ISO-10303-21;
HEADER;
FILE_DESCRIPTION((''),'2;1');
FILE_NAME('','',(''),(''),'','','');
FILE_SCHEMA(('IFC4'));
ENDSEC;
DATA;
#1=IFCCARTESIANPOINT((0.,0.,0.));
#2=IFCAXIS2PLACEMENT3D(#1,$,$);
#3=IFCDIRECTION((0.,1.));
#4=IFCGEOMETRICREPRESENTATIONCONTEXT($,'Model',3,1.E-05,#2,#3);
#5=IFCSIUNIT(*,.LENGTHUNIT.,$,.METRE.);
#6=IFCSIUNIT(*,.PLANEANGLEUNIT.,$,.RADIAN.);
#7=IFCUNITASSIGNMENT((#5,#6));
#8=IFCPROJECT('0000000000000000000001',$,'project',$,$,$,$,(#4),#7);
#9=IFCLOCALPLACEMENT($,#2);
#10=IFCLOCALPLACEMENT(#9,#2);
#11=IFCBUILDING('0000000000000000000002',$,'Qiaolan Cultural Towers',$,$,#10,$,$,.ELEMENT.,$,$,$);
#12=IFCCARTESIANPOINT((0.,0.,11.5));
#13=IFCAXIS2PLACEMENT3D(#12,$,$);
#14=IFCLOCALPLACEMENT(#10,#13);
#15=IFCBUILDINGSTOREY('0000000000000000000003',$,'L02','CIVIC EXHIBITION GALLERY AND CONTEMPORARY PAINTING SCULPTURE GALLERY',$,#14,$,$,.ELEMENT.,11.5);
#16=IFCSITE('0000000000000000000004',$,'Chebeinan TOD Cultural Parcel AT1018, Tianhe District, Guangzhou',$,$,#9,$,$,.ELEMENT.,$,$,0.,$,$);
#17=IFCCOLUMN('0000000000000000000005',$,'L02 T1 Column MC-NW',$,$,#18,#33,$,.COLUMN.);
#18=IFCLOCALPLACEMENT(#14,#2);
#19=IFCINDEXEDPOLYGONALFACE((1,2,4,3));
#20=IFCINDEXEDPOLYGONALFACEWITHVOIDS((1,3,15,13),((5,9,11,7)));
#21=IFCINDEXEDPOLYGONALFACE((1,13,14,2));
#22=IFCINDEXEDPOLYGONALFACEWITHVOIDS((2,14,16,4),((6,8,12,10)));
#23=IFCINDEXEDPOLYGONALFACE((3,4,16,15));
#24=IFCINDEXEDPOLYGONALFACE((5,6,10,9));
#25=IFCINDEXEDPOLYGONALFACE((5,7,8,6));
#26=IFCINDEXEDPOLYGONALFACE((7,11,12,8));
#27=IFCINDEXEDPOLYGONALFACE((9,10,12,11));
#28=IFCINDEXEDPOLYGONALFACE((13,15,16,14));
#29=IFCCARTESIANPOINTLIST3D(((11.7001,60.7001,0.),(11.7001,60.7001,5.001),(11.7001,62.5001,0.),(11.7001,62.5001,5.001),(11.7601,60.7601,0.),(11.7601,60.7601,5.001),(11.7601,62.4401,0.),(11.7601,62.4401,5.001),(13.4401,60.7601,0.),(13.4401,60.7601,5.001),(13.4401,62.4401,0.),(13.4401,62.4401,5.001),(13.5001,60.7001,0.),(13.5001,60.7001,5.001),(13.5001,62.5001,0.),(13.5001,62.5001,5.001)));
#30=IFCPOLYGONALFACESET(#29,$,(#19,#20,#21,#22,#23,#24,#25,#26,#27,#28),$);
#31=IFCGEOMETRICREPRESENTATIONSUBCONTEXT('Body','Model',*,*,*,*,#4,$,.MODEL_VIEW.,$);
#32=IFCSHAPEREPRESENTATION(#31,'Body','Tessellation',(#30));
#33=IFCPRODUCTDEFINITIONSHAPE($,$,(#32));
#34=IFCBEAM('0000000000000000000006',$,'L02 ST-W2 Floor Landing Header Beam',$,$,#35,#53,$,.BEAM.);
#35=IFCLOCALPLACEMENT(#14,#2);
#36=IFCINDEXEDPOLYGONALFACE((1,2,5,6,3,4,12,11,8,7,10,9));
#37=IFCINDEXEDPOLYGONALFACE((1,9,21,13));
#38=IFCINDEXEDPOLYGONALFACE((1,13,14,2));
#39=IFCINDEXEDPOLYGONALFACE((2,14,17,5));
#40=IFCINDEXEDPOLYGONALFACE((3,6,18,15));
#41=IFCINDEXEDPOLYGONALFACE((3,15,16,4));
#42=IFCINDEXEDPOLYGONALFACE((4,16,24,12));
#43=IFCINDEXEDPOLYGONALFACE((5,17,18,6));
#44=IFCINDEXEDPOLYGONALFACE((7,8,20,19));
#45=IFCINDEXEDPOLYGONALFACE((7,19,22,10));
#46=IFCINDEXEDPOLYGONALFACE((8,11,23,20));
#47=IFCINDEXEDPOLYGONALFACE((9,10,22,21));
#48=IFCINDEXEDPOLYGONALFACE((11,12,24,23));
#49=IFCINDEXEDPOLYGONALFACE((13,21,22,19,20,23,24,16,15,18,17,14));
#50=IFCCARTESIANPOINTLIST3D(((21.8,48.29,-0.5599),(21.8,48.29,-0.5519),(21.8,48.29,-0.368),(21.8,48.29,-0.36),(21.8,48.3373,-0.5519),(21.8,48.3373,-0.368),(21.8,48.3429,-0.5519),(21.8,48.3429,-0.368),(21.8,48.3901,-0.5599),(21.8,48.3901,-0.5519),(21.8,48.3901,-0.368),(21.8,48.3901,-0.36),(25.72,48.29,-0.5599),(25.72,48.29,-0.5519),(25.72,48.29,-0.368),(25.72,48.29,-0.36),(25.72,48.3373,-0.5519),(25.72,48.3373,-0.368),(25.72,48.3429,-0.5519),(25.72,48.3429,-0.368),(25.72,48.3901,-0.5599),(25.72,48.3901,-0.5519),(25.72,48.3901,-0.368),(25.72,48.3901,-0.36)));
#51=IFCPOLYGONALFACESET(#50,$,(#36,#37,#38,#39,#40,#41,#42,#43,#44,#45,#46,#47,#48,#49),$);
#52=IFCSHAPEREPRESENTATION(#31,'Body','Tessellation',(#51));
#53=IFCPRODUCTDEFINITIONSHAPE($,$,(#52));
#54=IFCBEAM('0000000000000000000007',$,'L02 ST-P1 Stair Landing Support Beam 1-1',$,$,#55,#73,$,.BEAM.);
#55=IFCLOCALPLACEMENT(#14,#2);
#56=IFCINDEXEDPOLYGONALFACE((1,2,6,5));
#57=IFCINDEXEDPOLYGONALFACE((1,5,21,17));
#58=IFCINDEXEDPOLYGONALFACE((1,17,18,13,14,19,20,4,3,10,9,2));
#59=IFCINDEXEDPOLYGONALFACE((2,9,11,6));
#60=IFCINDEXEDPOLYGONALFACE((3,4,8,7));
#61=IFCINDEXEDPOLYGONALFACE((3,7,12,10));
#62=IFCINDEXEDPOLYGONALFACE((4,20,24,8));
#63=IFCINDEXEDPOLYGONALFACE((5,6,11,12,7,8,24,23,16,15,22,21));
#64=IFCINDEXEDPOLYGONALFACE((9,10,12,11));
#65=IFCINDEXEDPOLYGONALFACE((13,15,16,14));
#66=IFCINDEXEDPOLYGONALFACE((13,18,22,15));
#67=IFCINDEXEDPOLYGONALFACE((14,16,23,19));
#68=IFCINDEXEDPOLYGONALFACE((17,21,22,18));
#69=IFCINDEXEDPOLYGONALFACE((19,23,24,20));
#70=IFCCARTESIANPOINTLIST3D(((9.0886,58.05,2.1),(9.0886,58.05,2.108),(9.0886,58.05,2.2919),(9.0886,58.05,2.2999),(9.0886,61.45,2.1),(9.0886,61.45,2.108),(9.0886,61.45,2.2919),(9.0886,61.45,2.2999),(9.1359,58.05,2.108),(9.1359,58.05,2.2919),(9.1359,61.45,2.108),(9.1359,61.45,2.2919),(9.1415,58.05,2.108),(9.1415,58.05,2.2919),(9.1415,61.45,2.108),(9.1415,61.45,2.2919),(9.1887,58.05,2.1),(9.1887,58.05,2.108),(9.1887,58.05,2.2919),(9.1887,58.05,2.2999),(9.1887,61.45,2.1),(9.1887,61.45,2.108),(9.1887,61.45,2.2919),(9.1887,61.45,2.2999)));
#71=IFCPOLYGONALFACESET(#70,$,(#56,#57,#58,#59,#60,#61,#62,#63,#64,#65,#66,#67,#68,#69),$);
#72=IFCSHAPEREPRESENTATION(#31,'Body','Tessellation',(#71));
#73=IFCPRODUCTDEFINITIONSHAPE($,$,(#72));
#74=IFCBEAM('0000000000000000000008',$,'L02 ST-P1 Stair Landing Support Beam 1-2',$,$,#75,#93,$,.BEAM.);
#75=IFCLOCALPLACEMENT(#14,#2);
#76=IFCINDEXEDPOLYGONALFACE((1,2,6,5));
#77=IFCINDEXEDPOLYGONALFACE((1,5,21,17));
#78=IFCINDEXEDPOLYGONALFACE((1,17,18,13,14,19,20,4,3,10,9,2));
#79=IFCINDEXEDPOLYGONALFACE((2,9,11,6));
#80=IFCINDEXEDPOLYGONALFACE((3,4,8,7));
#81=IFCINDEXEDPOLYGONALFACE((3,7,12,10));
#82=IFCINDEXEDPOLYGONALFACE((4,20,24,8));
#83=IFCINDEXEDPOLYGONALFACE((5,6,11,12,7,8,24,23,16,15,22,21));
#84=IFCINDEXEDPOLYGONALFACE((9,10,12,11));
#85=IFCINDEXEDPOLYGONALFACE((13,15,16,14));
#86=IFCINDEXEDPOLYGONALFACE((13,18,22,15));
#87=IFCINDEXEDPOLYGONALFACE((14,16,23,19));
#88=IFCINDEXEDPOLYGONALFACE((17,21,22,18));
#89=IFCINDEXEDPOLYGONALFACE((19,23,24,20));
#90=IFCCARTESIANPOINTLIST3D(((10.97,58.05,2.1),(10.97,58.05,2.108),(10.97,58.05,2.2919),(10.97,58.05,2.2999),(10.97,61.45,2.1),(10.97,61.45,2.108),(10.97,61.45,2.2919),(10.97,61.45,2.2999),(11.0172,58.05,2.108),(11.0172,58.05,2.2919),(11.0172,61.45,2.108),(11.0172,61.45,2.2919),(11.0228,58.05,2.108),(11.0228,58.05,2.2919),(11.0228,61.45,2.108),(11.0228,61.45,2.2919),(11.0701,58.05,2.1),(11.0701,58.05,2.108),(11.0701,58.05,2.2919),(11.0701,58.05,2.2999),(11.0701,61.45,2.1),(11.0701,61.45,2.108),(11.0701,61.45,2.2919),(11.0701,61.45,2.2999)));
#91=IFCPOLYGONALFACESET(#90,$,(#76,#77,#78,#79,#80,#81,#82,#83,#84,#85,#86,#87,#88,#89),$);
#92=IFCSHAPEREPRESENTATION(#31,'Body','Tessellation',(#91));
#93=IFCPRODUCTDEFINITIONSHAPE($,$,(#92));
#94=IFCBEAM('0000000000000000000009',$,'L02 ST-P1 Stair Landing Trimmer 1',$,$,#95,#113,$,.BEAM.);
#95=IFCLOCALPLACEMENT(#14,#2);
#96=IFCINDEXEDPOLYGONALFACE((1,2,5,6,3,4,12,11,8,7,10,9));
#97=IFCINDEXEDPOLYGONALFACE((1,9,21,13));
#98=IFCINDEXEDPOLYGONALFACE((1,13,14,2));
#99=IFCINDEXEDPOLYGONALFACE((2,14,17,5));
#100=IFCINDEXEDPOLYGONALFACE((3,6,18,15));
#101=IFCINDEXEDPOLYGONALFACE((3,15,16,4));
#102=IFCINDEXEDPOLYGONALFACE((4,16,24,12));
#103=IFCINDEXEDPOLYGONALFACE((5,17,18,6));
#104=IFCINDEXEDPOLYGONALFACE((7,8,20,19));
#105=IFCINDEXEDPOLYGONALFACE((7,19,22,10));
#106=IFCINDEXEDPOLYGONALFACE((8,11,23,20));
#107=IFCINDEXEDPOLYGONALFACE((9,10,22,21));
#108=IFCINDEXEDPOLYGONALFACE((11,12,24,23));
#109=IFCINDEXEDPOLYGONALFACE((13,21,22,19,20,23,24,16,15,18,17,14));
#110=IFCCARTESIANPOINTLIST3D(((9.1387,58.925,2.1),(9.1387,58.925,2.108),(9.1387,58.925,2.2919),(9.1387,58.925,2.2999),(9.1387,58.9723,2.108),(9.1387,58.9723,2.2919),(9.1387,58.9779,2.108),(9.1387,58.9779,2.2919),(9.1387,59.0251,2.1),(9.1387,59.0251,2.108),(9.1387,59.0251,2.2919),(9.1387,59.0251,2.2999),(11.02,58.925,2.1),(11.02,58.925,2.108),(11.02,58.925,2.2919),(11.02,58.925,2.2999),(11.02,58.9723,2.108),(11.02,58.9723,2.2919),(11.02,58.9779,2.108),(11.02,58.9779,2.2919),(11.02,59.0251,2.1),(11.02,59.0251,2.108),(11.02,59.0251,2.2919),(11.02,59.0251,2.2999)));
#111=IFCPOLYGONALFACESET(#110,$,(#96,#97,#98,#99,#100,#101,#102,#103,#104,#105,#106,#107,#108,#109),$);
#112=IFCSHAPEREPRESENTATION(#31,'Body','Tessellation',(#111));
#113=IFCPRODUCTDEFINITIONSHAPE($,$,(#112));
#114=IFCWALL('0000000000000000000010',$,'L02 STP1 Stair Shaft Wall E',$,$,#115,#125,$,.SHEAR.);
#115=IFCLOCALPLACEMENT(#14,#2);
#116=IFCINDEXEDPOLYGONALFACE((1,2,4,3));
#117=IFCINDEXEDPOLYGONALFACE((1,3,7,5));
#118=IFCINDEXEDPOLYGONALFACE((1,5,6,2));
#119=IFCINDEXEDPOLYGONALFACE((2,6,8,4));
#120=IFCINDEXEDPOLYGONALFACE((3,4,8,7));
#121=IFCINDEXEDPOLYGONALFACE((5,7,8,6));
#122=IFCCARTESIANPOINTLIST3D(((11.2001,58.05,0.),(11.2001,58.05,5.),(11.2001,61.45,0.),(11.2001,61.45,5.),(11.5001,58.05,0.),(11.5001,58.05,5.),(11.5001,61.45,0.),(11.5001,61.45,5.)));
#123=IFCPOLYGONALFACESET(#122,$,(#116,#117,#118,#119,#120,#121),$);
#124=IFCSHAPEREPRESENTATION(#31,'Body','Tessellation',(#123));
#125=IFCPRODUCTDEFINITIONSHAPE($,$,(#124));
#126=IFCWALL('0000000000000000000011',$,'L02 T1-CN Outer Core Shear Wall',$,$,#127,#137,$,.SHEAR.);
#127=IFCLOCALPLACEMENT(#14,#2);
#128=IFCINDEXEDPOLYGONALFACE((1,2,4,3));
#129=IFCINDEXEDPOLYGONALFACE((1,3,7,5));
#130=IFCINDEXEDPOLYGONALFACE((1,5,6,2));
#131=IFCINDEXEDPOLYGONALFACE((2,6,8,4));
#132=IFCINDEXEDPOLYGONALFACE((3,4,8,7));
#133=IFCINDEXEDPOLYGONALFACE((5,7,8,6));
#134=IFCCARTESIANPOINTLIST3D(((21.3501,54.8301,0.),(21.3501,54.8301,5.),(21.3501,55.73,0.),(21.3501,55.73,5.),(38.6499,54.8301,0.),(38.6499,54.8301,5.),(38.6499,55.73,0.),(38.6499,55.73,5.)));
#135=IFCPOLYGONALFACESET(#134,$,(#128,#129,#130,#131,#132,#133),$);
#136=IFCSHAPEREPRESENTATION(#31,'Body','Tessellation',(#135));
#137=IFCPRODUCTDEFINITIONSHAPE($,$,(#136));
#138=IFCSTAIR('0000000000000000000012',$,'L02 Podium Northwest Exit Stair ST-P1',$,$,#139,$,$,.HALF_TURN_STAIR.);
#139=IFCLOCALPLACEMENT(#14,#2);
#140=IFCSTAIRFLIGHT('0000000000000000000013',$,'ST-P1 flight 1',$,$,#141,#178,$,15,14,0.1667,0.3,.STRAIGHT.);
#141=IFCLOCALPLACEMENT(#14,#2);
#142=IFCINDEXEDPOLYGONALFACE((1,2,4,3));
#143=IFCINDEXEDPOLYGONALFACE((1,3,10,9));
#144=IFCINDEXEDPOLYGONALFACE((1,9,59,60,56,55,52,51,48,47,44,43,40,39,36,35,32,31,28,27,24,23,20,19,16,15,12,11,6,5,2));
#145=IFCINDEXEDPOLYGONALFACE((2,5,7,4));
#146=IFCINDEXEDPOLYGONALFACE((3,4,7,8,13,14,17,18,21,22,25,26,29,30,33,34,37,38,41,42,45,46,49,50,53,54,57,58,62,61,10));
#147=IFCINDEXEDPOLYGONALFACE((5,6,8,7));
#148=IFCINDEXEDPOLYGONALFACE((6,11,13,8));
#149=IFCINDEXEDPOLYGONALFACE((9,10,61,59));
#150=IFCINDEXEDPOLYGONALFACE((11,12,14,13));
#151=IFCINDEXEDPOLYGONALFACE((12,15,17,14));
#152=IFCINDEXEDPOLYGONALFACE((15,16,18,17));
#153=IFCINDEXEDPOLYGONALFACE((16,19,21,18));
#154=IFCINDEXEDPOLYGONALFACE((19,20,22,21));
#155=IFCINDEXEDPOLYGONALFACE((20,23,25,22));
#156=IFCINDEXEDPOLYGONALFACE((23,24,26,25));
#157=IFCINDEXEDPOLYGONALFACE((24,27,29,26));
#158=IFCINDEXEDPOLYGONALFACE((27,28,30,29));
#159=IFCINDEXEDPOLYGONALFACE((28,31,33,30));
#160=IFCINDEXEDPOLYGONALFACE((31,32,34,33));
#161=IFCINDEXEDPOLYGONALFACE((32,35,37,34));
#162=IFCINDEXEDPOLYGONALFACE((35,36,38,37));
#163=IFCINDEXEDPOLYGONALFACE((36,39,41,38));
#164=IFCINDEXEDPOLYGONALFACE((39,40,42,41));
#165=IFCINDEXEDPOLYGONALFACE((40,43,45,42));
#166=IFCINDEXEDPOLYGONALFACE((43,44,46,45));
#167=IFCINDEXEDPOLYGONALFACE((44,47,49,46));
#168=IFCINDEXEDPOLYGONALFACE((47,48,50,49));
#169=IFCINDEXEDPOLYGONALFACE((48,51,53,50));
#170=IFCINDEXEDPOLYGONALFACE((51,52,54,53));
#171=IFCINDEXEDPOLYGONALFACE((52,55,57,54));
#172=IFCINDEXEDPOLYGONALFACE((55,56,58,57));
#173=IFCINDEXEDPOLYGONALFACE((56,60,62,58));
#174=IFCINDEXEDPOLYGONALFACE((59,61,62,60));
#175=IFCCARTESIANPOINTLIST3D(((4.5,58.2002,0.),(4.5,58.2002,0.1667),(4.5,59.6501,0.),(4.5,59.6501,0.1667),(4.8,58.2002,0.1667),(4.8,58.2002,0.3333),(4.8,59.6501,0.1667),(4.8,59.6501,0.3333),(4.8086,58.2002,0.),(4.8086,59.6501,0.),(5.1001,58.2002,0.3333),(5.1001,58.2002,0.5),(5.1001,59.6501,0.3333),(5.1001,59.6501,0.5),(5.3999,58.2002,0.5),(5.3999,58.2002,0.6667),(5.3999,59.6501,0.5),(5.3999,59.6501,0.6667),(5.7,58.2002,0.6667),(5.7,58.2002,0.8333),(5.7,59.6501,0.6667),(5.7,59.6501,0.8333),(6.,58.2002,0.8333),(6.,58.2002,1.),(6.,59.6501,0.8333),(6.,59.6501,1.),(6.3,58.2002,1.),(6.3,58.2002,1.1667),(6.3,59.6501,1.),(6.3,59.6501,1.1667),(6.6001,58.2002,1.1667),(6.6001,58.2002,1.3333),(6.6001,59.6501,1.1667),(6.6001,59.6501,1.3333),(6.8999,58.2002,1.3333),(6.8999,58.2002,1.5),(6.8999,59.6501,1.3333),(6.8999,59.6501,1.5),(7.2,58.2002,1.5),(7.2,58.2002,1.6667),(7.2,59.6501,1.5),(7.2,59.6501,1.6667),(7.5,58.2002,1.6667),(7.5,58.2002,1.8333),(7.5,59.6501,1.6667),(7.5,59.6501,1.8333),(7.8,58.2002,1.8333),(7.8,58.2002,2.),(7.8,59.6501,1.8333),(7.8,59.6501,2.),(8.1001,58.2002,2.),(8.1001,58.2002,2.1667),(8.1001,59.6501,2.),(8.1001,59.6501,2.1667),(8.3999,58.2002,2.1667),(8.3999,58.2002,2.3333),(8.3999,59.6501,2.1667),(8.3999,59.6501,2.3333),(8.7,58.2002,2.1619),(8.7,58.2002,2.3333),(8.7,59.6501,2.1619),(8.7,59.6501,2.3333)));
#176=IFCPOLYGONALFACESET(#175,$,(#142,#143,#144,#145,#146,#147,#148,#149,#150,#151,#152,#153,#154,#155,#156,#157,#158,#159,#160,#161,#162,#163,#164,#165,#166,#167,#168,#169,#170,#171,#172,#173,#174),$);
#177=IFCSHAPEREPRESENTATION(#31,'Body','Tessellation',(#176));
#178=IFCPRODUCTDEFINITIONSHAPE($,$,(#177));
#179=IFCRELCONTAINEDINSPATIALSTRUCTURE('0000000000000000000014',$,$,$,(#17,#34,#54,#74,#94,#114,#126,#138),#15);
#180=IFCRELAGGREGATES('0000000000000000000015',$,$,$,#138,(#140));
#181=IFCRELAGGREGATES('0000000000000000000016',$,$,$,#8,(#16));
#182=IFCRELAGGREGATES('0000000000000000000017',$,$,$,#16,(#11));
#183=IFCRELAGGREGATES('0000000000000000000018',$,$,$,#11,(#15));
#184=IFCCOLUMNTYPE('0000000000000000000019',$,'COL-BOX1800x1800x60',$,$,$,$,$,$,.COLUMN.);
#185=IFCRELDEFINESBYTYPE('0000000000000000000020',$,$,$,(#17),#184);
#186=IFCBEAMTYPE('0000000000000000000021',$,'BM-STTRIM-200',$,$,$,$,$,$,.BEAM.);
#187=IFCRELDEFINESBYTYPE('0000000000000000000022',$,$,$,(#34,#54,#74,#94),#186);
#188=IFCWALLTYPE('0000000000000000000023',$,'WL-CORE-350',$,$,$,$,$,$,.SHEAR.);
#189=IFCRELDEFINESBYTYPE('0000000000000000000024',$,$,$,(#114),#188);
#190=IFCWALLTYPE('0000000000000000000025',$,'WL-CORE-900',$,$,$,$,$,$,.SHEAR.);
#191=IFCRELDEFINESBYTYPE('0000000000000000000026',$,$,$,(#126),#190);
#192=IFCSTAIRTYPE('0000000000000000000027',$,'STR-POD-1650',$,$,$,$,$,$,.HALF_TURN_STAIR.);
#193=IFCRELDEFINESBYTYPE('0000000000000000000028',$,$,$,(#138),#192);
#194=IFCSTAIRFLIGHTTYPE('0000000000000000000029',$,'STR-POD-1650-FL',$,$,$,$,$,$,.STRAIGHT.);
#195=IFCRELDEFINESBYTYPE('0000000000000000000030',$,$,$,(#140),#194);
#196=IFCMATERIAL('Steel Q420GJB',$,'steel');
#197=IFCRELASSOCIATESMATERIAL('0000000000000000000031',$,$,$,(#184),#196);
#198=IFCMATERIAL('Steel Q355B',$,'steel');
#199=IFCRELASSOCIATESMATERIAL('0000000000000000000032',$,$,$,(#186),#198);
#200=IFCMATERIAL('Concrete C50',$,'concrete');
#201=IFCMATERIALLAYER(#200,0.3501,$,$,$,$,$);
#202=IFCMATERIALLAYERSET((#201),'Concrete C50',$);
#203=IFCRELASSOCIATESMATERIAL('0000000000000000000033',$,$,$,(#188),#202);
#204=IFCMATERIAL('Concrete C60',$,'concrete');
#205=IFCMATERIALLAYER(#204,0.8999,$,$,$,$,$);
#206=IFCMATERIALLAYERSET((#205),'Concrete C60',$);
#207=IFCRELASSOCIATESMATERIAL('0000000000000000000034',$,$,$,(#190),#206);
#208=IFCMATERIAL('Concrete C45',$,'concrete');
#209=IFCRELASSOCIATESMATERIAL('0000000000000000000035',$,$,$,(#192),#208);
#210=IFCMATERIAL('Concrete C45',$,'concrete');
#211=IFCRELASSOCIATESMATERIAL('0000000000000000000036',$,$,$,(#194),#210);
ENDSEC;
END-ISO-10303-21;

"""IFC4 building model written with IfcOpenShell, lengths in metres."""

from ifc_helpers import new_model, si_unit, direction, frame, frame_2d, origin, origin_2d, place, context, subcontext, project, spatial, polyline, rectangle, hollow_rectangle, i_section, outline, extrude, material, layer, layer_set, material_profile, profile_set, type_object, element, aggregate, save


model = new_model("IFC4")

# Units and contexts
model_context = context("Model", 3, precision=1e-05, world=origin(), true_north=direction((0.0, 1.0)))
body_context = subcontext(model_context, "Body", "Model", "MODEL_VIEW")
ifc_project = project(units=[si_unit("LENGTHUNIT", "METRE"), si_unit("PLANEANGLEUNIT", "RADIAN")], contexts=[model_context])

# Site, building, storey
site_placement = place(None, origin())
site = spatial("IfcSite", under=ifc_project, at=site_placement, Name="Chebeinan TOD Cultural Parcel AT1018, Tianhe District, Guangzhou", CompositionType="ELEMENT", RefElevation=0.0)
building_placement = place(site_placement, origin())
building = spatial("IfcBuilding", under=site, at=building_placement, Name="Qiaolan Cultural Towers", CompositionType="ELEMENT")
storey_placement = place(building_placement, frame((0.0, 0.0, 11.5)))
storey = spatial("IfcBuildingStorey", under=building, at=storey_placement, Name="L02", Description="CIVIC EXHIBITION GALLERY AND CONTEMPORARY PAINTING SCULPTURE GALLERY", CompositionType="ELEMENT", Elevation=11.5)

# Column
ifc_material_1 = material(Name="Steel Q420GJB", Category="steel")
ifc_material_profile_1 = material_profile(ifc_material_1, hollow_rectangle(XDim=1.8, YDim=1.8, WallThickness=0.0601, at=origin_2d()), Name="BOX1800x1800x60")
ifc_profile_set_1 = profile_set([ifc_material_profile_1], Name="Steel Q420GJB")
column_type = type_object("IfcColumnType", Name="COL-BOX1800x1800x60", PredefinedType="COLUMN", material=ifc_profile_set_1)
column_placement = place(storey_placement, frame((12.6001, 61.6001, 0.0), z_axis=(0.0, 0.0, 1.0), x_axis=(1.0, 0.0, 0.0)))
element("IfcColumn", 1, at=column_placement, inside=storey, type_object=column_type, Name="L02 T1 Column MC-NW", PredefinedType="COLUMN", context=body_context, shape_type="SweptSolid", body=[
    extrude(hollow_rectangle(XDim=1.8, YDim=1.8, WallThickness=0.0601, at=origin_2d()), origin(), (0.0, 0.0, 1.0), 5.001),
])

# Beams
ifc_material_2 = material(Name="Steel Q355B", Category="steel")
ifc_material_profile_2 = material_profile(ifc_material_2, i_section(OverallWidth=0.1001, OverallDepth=0.2, WebThickness=0.0056, FlangeThickness=0.0081, at=origin_2d()), Name="HN200x100x5.5x8")
ifc_profile_set_2 = profile_set([ifc_material_profile_2], Name="Steel Q355B")
beam_type = type_object("IfcBeamType", Name="BM-STTRIM-200", PredefinedType="BEAM", material=ifc_profile_set_2)
beam_1_placement = place(storey_placement, frame((21.8, 48.3401, -0.46), z_axis=(1.0, 0.0, 0.0), x_axis=(0.0, 1.0, 0.0)))
element("IfcBeam", 2, at=beam_1_placement, inside=storey, type_object=beam_type, Name="L02 ST-W2 Floor Landing Header Beam", PredefinedType="BEAM", context=body_context, shape_type="SweptSolid", body=[
    extrude(i_section(OverallWidth=0.1001, OverallDepth=0.2, WebThickness=0.0056, FlangeThickness=0.0081, at=origin_2d()), origin(), (0.0, 0.0, 1.0), 3.9199),
])
for number, where, z_axis, x_axis, name in (
    (3, (9.1387, 58.05, 2.2), (0.0, 1.0, 0.0), (-1.0, 0.0, 0.0), "L02 ST-P1 Stair Landing Support Beam 1-1"),
    (4, (11.02, 58.05, 2.2), (0.0, 1.0, 0.0), (-1.0, 0.0, 0.0), "L02 ST-P1 Stair Landing Support Beam 1-2"),
):
    element("IfcBeam", number, at=place(storey_placement, frame(where, z_axis=z_axis, x_axis=x_axis)), inside=storey, type_object=beam_type, Name=name, PredefinedType="BEAM", context=body_context, shape_type="SweptSolid", body=[
        extrude(i_section(OverallWidth=0.1001, OverallDepth=0.2, WebThickness=0.0056, FlangeThickness=0.0081, at=origin_2d()), origin(), (0.0, 0.0, 1.0), 3.3999),
    ])
beam_2_placement = place(storey_placement, frame((9.1387, 58.9751, 2.2), z_axis=(1.0, 0.0, 0.0), x_axis=(0.0, 1.0, 0.0)))
element("IfcBeam", 5, at=beam_2_placement, inside=storey, type_object=beam_type, Name="L02 ST-P1 Stair Landing Trimmer 1", PredefinedType="BEAM", context=body_context, shape_type="SweptSolid", body=[
    extrude(i_section(OverallWidth=0.1001, OverallDepth=0.2, WebThickness=0.0056, FlangeThickness=0.0081, at=origin_2d()), origin(), (0.0, 0.0, 1.0), 1.8813),
])

# Walls
ifc_material_3 = material(Name="Concrete C50", Category="concrete")
ifc_layer_1 = layer(ifc_material_3, 0.3501)
ifc_layer_set_1 = layer_set([ifc_layer_1], Name="Concrete C50")
wall_type_1 = type_object("IfcWallType", Name="WL-CORE-350", PredefinedType="SHEAR", material=ifc_layer_set_1)
wall_1_placement = place(storey_placement, frame((11.3501, 58.05, 0.0), z_axis=(0.0, 0.0, 1.0), x_axis=(0.0, 1.0, 0.0)))
element("IfcWall", 6, at=wall_1_placement, inside=storey, type_object=wall_type_1, Name="L02 STP1 Stair Shaft Wall E", PredefinedType="SHEAR", context=body_context, shape_type="SweptSolid", body=[
    extrude(rectangle(XDim=3.3999, YDim=0.3, at=frame_2d((1.7, 0.0))), origin(), (0.0, 0.0, 1.0), 5.0),
])
ifc_material_4 = material(Name="Concrete C60", Category="concrete")
ifc_layer_2 = layer(ifc_material_4, 0.8999)
ifc_layer_set_2 = layer_set([ifc_layer_2], Name="Concrete C60")
wall_type_2 = type_object("IfcWallType", Name="WL-CORE-900", PredefinedType="SHEAR", material=ifc_layer_set_2)
wall_2_placement = place(storey_placement, frame((21.3501, 55.28, 0.0), z_axis=(0.0, 0.0, 1.0), x_axis=(1.0, 0.0, 0.0)))
element("IfcWall", 7, at=wall_2_placement, inside=storey, type_object=wall_type_2, Name="L02 T1-CN Outer Core Shear Wall", PredefinedType="SHEAR", context=body_context, shape_type="SweptSolid", body=[
    extrude(rectangle(XDim=17.2998, YDim=0.8999, at=frame_2d((8.6499, 0.0))), origin(), (0.0, 0.0, 1.0), 5.0),
])

# Stair, stair flight
ifc_material_5 = material(Name="Concrete C45", Category="concrete")
stair_type = type_object("IfcStairType", Name="STR-POD-1650", PredefinedType="HALF_TURN_STAIR", material=ifc_material_5)
stair_placement = place(storey_placement, origin())
stair = element("IfcStair", 8, at=stair_placement, inside=storey, type_object=stair_type, Name="L02 Podium Northwest Exit Stair ST-P1", PredefinedType="HALF_TURN_STAIR")
ifc_material_6 = material(Name="Concrete C45", Category="concrete")
stair_flight_type = type_object("IfcStairFlightType", Name="STR-POD-1650-FL", PredefinedType="STRAIGHT", material=ifc_material_6)
stair_flight_1_placement = place(storey_placement, frame((4.5, 58.925, 0.0), z_axis=(0.0, 0.0, 1.0), x_axis=(1.0, 0.0, 0.0)))
stair_flight_1 = element("IfcStairFlight", 9, at=stair_flight_1_placement, type_object=stair_flight_type, Name="ST-P1 flight 1", NumberOfRisers=15, NumberOfTreads=14, PredefinedType="STRAIGHT", RiserHeight=0.1667, TreadLength=0.3, context=body_context, shape_type="SweptSolid", body=[
    extrude(outline(polyline([(0.0, 0.0), (0.0, 0.1667), (0.3, 0.1667), (0.3, 0.3333), (0.6001, 0.3333), (0.6001, 0.5), (0.8999, 0.5), (0.8999, 0.6667), (1.2, 0.6667), (1.2, 0.8333), (1.5, 0.8333), (1.5, 1.0), (1.8, 1.0), (1.8, 1.1667), (2.1001, 1.1667), (2.1001, 1.3333), (2.3999, 1.3333), (2.3999, 1.5), (2.7, 1.5), (2.7, 1.6667), (3.0, 1.6667), (3.0, 1.8333), (3.3, 1.8333), (3.3, 2.0), (3.6001, 2.0), (3.6001, 2.1667), (3.8999, 2.1667), (3.8999, 2.3333), (4.2, 2.3333), (4.2, 2.5), (4.2, 2.1619), (0.3086, 0.0), (0.0, 0.0)])), frame((0.0, 0.7251, 0.0), z_axis=(0.0, -1.0, 0.0), x_axis=(1.0, 0.0, 0.0)), (0.0, 0.0, 1.0), 1.45),
])
aggregate(stair, [stair_flight_1])

save(model, "model.ifc")
